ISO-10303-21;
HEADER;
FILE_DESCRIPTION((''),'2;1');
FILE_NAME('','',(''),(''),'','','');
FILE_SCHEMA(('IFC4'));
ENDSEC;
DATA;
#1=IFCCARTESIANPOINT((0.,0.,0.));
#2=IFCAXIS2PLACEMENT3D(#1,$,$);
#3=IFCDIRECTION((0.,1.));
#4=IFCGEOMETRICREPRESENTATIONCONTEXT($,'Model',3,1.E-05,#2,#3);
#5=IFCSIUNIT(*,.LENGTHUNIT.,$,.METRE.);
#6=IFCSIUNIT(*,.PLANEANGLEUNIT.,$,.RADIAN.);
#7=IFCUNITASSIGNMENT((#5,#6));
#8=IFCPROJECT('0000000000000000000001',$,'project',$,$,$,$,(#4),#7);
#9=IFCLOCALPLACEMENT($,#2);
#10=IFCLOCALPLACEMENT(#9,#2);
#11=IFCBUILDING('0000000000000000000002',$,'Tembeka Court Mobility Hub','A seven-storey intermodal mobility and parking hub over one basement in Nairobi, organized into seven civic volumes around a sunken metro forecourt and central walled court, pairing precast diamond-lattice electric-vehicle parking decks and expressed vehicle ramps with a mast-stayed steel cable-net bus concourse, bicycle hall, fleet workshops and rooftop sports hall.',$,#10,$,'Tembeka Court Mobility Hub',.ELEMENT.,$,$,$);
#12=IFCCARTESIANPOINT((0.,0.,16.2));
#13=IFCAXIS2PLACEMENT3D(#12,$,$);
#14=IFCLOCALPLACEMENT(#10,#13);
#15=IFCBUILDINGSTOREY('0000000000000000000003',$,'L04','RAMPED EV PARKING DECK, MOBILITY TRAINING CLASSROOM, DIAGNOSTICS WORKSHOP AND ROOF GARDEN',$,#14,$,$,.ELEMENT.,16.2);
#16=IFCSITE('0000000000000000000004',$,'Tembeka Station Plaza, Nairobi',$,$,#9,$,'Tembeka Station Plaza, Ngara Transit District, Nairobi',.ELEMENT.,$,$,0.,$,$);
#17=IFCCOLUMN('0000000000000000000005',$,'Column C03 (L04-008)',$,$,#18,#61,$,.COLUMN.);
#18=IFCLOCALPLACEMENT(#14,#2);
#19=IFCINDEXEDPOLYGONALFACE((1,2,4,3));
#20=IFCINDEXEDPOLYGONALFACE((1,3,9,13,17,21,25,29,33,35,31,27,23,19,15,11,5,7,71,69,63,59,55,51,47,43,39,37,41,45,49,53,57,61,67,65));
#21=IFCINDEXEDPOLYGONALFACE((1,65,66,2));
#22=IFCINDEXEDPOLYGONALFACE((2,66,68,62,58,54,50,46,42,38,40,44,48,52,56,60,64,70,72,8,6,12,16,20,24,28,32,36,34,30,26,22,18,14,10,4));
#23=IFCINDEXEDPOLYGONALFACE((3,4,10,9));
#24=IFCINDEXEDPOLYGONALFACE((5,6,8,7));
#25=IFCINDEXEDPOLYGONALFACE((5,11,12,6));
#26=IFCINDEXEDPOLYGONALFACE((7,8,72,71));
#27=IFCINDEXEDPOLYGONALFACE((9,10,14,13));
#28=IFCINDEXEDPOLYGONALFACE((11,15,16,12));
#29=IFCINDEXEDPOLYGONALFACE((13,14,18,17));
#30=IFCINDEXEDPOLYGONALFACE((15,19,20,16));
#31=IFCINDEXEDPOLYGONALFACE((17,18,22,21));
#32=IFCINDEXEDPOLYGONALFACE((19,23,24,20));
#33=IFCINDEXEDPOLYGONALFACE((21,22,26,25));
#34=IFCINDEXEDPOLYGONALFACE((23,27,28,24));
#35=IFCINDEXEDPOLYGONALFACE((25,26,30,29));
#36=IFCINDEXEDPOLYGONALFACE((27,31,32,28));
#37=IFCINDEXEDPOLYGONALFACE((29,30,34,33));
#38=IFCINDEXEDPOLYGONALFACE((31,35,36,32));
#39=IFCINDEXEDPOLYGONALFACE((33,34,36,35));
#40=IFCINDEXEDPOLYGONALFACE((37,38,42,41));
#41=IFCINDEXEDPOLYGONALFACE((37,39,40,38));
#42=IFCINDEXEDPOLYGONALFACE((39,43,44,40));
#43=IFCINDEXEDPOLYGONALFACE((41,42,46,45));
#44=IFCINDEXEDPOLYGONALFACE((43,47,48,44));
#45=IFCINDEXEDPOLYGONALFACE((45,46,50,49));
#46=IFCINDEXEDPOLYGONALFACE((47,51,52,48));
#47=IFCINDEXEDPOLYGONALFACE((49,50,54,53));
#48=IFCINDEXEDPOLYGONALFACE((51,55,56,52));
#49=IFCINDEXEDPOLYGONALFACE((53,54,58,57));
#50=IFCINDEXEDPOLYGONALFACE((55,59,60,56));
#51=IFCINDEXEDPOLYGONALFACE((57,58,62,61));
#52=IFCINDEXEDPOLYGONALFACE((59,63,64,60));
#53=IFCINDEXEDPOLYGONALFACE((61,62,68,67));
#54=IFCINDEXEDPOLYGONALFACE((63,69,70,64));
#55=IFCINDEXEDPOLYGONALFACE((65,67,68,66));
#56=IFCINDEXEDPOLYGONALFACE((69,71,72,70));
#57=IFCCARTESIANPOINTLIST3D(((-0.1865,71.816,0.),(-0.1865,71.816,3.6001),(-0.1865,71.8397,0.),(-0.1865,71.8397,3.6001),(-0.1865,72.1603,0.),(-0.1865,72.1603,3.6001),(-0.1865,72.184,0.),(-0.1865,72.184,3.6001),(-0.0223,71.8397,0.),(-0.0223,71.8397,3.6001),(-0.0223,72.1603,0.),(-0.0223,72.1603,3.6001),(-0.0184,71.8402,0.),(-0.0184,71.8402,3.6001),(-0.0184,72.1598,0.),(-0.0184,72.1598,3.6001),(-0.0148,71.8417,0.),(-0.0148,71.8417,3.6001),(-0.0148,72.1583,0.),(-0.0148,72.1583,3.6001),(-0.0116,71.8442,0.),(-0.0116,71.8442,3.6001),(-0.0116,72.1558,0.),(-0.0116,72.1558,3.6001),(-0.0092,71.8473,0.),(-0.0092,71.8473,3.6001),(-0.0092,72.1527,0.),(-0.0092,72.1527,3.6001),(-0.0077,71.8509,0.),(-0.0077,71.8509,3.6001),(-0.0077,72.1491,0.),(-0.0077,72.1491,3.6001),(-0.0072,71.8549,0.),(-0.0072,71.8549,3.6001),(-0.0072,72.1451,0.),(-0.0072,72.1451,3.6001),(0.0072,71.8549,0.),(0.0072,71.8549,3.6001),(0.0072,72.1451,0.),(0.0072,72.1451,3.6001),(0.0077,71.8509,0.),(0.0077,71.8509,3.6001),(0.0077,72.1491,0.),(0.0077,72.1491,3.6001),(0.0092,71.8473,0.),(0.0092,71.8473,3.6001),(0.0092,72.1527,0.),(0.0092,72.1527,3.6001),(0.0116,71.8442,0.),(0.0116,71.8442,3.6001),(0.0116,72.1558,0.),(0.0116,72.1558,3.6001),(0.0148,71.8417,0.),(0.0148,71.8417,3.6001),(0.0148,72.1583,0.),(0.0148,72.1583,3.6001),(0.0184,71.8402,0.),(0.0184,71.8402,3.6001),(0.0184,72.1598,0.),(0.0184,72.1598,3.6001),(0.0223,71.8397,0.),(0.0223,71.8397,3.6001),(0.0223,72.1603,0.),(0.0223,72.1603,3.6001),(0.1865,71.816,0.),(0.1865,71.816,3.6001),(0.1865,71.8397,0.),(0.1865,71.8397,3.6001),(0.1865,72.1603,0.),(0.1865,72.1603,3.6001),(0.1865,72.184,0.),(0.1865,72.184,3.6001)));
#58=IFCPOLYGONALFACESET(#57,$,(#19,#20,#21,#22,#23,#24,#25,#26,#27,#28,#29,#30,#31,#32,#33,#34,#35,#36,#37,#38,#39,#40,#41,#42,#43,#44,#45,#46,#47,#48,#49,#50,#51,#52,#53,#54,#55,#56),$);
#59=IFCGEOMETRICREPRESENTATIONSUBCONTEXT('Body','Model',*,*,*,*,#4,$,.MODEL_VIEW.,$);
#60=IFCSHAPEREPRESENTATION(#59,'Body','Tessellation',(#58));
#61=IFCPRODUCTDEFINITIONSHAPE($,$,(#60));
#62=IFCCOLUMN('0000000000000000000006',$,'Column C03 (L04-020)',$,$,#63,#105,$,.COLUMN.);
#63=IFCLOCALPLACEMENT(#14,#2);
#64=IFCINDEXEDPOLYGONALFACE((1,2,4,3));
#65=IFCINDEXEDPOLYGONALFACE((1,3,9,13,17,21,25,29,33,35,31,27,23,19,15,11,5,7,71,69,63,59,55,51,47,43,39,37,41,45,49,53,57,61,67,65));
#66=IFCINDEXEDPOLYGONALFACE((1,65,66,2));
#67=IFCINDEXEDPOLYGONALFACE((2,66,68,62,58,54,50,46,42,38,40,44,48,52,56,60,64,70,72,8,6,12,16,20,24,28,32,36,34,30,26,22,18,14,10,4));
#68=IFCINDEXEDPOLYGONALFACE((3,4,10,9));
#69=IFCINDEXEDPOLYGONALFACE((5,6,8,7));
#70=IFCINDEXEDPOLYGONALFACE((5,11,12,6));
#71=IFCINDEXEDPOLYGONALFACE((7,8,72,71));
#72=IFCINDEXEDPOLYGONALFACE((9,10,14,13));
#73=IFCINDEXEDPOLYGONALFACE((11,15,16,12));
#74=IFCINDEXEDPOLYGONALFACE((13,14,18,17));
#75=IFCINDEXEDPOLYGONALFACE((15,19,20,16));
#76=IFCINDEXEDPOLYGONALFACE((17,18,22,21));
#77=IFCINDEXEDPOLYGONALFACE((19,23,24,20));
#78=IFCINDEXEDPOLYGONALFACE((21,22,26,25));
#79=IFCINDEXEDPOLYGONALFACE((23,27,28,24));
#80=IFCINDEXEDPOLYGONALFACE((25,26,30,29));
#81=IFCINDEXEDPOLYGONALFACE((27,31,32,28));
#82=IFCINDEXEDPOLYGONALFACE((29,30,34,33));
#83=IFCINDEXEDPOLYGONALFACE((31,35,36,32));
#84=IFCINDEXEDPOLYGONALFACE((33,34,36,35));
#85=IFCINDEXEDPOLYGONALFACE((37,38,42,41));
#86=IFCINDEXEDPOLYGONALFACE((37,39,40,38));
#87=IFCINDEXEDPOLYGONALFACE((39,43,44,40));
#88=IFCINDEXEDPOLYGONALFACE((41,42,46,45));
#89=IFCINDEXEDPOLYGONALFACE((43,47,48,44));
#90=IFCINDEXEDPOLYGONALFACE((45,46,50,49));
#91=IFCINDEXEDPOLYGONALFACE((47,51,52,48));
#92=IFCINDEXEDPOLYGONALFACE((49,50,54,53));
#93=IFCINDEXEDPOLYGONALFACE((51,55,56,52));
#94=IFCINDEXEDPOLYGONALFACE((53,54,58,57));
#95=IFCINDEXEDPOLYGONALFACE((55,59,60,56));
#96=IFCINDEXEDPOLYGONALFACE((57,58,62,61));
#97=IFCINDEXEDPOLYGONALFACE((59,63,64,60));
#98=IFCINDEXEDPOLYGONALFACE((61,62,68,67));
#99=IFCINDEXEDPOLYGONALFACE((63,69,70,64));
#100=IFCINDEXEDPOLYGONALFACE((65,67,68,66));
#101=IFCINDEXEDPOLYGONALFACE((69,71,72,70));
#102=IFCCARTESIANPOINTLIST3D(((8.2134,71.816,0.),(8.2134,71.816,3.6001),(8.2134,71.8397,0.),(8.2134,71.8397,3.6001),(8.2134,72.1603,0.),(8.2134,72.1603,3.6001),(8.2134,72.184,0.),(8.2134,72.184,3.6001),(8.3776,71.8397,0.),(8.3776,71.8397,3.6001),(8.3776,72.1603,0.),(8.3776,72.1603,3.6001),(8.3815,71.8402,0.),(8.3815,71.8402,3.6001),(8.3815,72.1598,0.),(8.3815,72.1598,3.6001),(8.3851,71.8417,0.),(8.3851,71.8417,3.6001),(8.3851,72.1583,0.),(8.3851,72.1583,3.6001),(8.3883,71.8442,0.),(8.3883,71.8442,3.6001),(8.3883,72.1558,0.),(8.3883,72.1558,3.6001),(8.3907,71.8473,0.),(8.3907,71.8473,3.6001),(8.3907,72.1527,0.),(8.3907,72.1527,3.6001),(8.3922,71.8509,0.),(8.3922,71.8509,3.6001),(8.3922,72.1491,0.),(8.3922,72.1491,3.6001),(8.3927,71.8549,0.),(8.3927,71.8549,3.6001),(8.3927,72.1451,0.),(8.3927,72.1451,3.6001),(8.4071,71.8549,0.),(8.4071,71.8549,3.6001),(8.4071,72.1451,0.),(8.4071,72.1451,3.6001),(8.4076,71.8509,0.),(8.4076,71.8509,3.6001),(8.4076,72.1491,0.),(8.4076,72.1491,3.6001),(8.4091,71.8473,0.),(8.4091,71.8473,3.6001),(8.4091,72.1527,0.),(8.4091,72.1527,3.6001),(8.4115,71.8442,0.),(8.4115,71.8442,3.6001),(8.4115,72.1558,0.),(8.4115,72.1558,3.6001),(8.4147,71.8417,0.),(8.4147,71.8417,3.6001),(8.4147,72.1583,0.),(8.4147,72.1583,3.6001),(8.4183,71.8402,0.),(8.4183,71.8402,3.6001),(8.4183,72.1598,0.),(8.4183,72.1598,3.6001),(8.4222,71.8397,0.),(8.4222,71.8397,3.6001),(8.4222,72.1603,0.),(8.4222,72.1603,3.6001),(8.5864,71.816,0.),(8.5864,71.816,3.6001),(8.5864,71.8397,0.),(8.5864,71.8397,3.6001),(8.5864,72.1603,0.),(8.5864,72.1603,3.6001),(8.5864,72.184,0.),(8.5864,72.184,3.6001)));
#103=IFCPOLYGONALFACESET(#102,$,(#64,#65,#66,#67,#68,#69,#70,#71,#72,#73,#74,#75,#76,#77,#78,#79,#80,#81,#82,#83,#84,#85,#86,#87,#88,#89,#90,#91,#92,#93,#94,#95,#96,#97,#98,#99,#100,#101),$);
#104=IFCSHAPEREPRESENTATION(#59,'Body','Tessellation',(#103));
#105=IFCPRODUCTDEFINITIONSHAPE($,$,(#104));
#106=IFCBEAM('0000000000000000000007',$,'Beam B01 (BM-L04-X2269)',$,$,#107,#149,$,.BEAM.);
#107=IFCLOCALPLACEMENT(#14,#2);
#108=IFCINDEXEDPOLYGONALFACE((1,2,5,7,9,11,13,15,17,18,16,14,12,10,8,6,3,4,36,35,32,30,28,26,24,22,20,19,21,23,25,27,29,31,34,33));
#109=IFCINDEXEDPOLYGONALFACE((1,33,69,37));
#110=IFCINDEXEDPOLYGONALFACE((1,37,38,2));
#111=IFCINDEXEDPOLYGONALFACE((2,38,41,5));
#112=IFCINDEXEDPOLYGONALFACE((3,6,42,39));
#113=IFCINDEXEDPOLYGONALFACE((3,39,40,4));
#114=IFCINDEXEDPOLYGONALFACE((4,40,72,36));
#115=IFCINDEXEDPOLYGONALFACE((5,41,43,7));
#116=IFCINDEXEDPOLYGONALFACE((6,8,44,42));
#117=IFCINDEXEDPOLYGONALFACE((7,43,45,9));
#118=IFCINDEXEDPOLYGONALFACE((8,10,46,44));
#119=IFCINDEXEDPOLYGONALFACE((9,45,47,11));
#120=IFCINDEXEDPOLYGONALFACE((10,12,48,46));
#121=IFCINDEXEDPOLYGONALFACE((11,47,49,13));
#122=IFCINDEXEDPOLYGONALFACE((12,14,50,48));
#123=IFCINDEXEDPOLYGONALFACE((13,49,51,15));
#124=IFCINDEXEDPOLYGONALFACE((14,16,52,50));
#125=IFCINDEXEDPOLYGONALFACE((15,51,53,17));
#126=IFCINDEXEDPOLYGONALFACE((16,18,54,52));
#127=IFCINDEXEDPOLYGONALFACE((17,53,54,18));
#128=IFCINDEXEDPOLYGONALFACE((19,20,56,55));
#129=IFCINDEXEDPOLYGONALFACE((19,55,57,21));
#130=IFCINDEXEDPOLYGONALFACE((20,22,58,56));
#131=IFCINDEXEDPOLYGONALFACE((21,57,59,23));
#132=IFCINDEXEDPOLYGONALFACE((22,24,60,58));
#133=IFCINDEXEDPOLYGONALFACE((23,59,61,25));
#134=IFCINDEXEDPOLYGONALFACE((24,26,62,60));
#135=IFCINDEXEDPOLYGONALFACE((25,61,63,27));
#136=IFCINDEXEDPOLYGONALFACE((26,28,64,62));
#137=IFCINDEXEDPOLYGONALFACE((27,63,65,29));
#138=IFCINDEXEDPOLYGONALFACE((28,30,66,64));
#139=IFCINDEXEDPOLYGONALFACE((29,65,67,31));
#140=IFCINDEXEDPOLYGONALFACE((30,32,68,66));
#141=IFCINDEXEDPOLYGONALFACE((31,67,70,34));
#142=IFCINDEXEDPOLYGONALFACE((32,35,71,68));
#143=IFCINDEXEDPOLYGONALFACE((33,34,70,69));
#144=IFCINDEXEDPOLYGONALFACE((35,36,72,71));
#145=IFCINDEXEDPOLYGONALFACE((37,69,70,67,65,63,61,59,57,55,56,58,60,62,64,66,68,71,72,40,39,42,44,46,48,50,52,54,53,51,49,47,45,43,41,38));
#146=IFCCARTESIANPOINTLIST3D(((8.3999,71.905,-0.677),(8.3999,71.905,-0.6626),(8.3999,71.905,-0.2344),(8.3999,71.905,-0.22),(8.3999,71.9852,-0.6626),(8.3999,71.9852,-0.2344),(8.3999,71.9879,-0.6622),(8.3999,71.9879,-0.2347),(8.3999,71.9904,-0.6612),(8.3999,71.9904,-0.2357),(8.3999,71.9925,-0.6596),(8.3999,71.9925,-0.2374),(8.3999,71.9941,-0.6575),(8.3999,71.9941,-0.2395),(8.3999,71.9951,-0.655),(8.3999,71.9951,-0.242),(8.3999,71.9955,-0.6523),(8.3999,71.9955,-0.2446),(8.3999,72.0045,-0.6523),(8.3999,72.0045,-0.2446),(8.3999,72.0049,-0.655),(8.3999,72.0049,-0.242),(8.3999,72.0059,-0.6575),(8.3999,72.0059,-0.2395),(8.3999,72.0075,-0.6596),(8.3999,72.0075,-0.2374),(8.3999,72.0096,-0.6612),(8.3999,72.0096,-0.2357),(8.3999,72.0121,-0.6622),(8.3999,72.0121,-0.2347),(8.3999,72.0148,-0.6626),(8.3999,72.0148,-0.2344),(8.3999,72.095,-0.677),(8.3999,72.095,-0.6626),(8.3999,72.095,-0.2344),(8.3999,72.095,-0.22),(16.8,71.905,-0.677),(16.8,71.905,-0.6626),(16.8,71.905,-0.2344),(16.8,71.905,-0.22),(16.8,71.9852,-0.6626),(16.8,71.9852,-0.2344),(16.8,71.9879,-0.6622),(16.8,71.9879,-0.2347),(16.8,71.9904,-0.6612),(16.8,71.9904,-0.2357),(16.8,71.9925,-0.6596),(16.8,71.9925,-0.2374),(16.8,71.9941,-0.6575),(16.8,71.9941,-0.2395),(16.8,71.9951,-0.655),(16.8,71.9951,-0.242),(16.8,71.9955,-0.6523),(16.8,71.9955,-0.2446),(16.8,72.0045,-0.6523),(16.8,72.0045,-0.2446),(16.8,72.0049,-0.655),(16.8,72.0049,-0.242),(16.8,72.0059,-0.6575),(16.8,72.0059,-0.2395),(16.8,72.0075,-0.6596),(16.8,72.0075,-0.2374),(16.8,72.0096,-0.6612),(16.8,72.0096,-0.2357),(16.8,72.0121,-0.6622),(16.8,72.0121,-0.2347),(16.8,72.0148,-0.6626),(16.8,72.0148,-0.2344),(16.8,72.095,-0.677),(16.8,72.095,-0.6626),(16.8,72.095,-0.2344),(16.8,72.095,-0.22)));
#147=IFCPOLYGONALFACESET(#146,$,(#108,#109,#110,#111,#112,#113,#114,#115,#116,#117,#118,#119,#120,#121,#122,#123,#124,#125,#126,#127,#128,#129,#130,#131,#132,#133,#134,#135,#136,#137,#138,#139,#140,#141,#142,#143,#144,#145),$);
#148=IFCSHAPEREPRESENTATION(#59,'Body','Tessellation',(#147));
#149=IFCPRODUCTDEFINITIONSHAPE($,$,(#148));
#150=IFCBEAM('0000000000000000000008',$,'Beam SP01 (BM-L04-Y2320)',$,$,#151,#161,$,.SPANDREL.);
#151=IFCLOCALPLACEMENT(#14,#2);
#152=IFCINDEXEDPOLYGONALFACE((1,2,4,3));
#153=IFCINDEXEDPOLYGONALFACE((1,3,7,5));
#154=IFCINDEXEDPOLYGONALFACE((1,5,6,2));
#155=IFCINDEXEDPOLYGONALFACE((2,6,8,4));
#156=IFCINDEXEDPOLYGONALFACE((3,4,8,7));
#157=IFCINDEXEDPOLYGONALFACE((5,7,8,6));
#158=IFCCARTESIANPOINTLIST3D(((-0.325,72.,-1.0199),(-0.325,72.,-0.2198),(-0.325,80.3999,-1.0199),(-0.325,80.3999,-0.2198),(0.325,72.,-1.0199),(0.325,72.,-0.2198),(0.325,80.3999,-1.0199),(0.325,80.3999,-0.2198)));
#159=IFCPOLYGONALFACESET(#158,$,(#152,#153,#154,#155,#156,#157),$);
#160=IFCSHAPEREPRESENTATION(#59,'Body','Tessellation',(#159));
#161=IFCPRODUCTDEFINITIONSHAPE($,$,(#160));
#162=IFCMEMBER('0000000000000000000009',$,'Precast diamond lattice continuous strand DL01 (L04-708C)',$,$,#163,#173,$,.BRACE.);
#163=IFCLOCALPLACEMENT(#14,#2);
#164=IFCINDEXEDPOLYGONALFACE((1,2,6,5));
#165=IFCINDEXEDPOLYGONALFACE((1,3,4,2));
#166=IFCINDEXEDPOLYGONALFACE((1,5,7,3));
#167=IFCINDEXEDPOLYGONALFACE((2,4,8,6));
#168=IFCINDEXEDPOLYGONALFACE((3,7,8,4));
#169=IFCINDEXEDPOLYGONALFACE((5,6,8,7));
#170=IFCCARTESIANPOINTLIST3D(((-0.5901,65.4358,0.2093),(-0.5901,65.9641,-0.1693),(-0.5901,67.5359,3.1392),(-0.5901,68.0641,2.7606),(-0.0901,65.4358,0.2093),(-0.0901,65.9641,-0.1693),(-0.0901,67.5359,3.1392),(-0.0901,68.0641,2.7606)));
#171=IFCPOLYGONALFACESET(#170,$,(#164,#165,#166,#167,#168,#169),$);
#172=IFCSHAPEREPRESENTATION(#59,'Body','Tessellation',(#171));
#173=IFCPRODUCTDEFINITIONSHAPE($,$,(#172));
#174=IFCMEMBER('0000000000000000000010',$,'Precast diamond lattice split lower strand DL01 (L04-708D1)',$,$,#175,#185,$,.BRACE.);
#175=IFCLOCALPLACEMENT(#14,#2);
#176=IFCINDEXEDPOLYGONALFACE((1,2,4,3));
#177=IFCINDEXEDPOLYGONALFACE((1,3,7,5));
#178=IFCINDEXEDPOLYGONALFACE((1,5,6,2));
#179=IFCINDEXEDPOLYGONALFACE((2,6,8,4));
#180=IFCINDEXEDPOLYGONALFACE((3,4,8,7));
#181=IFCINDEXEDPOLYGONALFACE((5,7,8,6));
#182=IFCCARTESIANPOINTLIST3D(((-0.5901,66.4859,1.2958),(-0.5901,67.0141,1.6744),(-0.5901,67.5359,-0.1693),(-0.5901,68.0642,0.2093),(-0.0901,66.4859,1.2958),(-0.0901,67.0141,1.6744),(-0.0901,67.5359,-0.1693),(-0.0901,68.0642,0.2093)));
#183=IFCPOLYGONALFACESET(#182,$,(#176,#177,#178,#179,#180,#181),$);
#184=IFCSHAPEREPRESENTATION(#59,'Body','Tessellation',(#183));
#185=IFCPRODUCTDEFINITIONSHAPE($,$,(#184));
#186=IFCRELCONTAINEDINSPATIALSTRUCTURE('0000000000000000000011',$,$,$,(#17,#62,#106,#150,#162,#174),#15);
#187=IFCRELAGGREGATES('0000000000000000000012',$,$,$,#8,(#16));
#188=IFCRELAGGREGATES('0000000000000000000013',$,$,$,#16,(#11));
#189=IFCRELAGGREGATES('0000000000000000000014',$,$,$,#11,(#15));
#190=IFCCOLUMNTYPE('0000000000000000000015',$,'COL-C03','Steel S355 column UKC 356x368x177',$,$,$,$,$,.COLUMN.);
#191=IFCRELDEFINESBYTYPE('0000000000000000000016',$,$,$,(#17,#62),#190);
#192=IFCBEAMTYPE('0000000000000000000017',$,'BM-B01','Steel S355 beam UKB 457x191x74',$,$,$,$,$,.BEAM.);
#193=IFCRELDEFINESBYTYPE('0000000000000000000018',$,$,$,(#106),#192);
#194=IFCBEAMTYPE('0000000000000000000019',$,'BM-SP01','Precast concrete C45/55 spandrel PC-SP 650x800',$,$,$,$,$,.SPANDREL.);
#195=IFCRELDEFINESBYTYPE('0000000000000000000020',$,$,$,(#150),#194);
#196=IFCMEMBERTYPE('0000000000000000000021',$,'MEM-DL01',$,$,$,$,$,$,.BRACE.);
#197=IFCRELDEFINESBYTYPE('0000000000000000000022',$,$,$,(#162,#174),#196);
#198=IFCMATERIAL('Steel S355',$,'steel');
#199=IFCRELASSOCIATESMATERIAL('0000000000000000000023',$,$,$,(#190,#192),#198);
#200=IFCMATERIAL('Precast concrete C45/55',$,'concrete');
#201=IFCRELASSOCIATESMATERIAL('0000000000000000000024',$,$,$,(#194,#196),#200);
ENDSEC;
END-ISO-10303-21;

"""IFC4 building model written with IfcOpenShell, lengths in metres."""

from ifc_helpers import new_model, si_unit, direction, frame, origin, origin_2d, place, context, subcontext, project, spatial, rectangle, i_section, extrude, material, material_profile, profile_set, type_object, element, save


model = new_model("IFC4")

# Units and contexts
model_context = context("Model", 3, precision=1e-05, world=origin(), true_north=direction((0.0, 1.0)))
body_context = subcontext(model_context, "Body", "Model", "MODEL_VIEW")
ifc_project = project(units=[si_unit("LENGTHUNIT", "METRE"), si_unit("PLANEANGLEUNIT", "RADIAN")], contexts=[model_context])

# Site, building, storey
site_placement = place(None, origin())
site = spatial("IfcSite", under=ifc_project, at=site_placement, Name="Tembeka Station Plaza, Nairobi", LongName="Tembeka Station Plaza, Ngara Transit District, Nairobi", CompositionType="ELEMENT", RefElevation=0.0)
building_placement = place(site_placement, origin())
building = spatial("IfcBuilding", under=site, at=building_placement, Name="Tembeka Court Mobility Hub", Description="A seven-storey intermodal mobility and parking hub over one basement in Nairobi, organized into seven civic volumes around a sunken metro forecourt and central walled court, pairing precast diamond-lattice electric-vehicle parking decks and expressed vehicle ramps with a mast-stayed steel cable-net bus concourse, bicycle hall, fleet workshops and rooftop sports hall.", LongName="Tembeka Court Mobility Hub", CompositionType="ELEMENT")
storey_placement = place(building_placement, frame((0.0, 0.0, 16.2)))
storey = spatial("IfcBuildingStorey", under=building, at=storey_placement, Name="L04", Description="RAMPED EV PARKING DECK, MOBILITY TRAINING CLASSROOM, DIAGNOSTICS WORKSHOP AND ROOF GARDEN", CompositionType="ELEMENT", Elevation=16.2)

# Columns
ifc_material_1 = material(Name="Steel S355", Category="steel")
ifc_material_profile_1 = material_profile(ifc_material_1, i_section(OverallWidth=0.373, OverallDepth=0.3679, WebThickness=0.0144, FlangeThickness=0.0237, FilletRadius=0.0151, at=origin_2d()), Name="UKC 356x368x177")
ifc_profile_set_1 = profile_set([ifc_material_profile_1], Name="Steel S355")
column_type = type_object("IfcColumnType", Name="COL-C03", Description="Steel S355 column UKC 356x368x177", PredefinedType="COLUMN", material=ifc_profile_set_1)
for number, where, z_axis, x_axis, name in (
    (1, (0.0, 72.0, 0.0), (0.0, 0.0, 1.0), (1.0, 0.0, 0.0), "Column C03 (L04-008)"),
    (2, (8.3999, 72.0, 0.0), (0.0, 0.0, 1.0), (1.0, 0.0, 0.0), "Column C03 (L04-020)"),
):
    element("IfcColumn", number, at=place(storey_placement, frame(where, z_axis=z_axis, x_axis=x_axis)), inside=storey, type_object=column_type, Name=name, PredefinedType="COLUMN", context=body_context, shape_type="SweptSolid", body=[
        extrude(i_section(OverallWidth=0.373, OverallDepth=0.3679, WebThickness=0.0144, FlangeThickness=0.0237, FilletRadius=0.0151, at=origin_2d()), origin(), (0.0, 0.0, 1.0), 3.6001),
    ])

# Beams
ifc_material_profile_2 = material_profile(ifc_material_1, i_section(OverallWidth=0.1899, OverallDepth=0.457, WebThickness=0.009, FlangeThickness=0.0144, FilletRadius=0.0103, at=origin_2d()), Name="UKB 457x191x74")
ifc_profile_set_2 = profile_set([ifc_material_profile_2], Name="Steel S355")
beam_type_1 = type_object("IfcBeamType", Name="BM-B01", Description="Steel S355 beam UKB 457x191x74", PredefinedType="BEAM", material=ifc_profile_set_2)
beam_1_placement = place(storey_placement, frame((8.3999, 72.0, -0.4485), z_axis=(1.0, 0.0, 0.0), x_axis=(0.0, 1.0, 0.0)))
element("IfcBeam", 3, at=beam_1_placement, inside=storey, type_object=beam_type_1, Name="Beam B01 (BM-L04-X2269)", PredefinedType="BEAM", context=body_context, shape_type="SweptSolid", body=[
    extrude(i_section(OverallWidth=0.1899, OverallDepth=0.457, WebThickness=0.009, FlangeThickness=0.0144, FilletRadius=0.0103, at=origin_2d()), origin(), (0.0, 0.0, 1.0), 8.4001),
])
ifc_material_2 = material(Name="Precast concrete C45/55", Category="concrete")
ifc_material_profile_3 = material_profile(ifc_material_2, rectangle(XDim=0.6499, YDim=0.8, at=origin_2d()), Name="PC-SP 650x800")
ifc_profile_set_3 = profile_set([ifc_material_profile_3], Name="Precast concrete C45/55")
beam_type_2 = type_object("IfcBeamType", Name="BM-SP01", Description="Precast concrete C45/55 spandrel PC-SP 650x800", PredefinedType="SPANDREL", material=ifc_profile_set_3)
beam_2_placement = place(storey_placement, frame((0.0, 72.0, -0.6199), z_axis=(0.0, 1.0, 0.0), x_axis=(-1.0, 0.0, 0.0)))
element("IfcBeam", 4, at=beam_2_placement, inside=storey, type_object=beam_type_2, Name="Beam SP01 (BM-L04-Y2320)", PredefinedType="SPANDREL", context=body_context, shape_type="SweptSolid", body=[
    extrude(rectangle(XDim=0.6499, YDim=0.8, at=origin_2d()), origin(), (0.0, 0.0, 1.0), 8.3999),
])

# Members
ifc_material_profile_4 = material_profile(ifc_material_2, rectangle(XDim=0.5, YDim=0.6499, at=origin_2d()), Name="PC-DIAG 500x650")
ifc_profile_set_4 = profile_set([ifc_material_profile_4], Name="Precast concrete C45/55")
member_type_1 = type_object("IfcMemberType", Name="MEM-DL01", PredefinedType="BRACE", material=ifc_profile_set_4)
member_1_placement = place(storey_placement, frame((-0.3401, 65.7, 0.02), z_axis=(0.0, 0.582576, 0.812776), x_axis=(-1.0, 0.0, 0.0)))
element("IfcMember", 5, at=member_1_placement, inside=storey, type_object=member_type_1, Name="Precast diamond lattice continuous strand DL01 (L04-708C)", PredefinedType="BRACE", context=body_context, shape_type="SweptSolid", body=[
    extrude(rectangle(XDim=0.5, YDim=0.6499, at=origin_2d()), origin(), (0.0, 0.0, 1.0), 3.6047),
])
member_2_placement = place(storey_placement, frame((-0.3401, 67.8, 0.02), z_axis=(0.0, -0.582544, 0.812799), x_axis=(1.0, 0.0, 0.0)))
element("IfcMember", 6, at=member_2_placement, inside=storey, type_object=member_type_1, Name="Precast diamond lattice split lower strand DL01 (L04-708D1)", PredefinedType="BRACE", context=body_context, shape_type="SweptSolid", body=[
    extrude(rectangle(XDim=0.5, YDim=0.6499, at=origin_2d()), origin(), (0.0, 0.0, 1.0), 1.8025),
])

save(model, "model.ifc")
